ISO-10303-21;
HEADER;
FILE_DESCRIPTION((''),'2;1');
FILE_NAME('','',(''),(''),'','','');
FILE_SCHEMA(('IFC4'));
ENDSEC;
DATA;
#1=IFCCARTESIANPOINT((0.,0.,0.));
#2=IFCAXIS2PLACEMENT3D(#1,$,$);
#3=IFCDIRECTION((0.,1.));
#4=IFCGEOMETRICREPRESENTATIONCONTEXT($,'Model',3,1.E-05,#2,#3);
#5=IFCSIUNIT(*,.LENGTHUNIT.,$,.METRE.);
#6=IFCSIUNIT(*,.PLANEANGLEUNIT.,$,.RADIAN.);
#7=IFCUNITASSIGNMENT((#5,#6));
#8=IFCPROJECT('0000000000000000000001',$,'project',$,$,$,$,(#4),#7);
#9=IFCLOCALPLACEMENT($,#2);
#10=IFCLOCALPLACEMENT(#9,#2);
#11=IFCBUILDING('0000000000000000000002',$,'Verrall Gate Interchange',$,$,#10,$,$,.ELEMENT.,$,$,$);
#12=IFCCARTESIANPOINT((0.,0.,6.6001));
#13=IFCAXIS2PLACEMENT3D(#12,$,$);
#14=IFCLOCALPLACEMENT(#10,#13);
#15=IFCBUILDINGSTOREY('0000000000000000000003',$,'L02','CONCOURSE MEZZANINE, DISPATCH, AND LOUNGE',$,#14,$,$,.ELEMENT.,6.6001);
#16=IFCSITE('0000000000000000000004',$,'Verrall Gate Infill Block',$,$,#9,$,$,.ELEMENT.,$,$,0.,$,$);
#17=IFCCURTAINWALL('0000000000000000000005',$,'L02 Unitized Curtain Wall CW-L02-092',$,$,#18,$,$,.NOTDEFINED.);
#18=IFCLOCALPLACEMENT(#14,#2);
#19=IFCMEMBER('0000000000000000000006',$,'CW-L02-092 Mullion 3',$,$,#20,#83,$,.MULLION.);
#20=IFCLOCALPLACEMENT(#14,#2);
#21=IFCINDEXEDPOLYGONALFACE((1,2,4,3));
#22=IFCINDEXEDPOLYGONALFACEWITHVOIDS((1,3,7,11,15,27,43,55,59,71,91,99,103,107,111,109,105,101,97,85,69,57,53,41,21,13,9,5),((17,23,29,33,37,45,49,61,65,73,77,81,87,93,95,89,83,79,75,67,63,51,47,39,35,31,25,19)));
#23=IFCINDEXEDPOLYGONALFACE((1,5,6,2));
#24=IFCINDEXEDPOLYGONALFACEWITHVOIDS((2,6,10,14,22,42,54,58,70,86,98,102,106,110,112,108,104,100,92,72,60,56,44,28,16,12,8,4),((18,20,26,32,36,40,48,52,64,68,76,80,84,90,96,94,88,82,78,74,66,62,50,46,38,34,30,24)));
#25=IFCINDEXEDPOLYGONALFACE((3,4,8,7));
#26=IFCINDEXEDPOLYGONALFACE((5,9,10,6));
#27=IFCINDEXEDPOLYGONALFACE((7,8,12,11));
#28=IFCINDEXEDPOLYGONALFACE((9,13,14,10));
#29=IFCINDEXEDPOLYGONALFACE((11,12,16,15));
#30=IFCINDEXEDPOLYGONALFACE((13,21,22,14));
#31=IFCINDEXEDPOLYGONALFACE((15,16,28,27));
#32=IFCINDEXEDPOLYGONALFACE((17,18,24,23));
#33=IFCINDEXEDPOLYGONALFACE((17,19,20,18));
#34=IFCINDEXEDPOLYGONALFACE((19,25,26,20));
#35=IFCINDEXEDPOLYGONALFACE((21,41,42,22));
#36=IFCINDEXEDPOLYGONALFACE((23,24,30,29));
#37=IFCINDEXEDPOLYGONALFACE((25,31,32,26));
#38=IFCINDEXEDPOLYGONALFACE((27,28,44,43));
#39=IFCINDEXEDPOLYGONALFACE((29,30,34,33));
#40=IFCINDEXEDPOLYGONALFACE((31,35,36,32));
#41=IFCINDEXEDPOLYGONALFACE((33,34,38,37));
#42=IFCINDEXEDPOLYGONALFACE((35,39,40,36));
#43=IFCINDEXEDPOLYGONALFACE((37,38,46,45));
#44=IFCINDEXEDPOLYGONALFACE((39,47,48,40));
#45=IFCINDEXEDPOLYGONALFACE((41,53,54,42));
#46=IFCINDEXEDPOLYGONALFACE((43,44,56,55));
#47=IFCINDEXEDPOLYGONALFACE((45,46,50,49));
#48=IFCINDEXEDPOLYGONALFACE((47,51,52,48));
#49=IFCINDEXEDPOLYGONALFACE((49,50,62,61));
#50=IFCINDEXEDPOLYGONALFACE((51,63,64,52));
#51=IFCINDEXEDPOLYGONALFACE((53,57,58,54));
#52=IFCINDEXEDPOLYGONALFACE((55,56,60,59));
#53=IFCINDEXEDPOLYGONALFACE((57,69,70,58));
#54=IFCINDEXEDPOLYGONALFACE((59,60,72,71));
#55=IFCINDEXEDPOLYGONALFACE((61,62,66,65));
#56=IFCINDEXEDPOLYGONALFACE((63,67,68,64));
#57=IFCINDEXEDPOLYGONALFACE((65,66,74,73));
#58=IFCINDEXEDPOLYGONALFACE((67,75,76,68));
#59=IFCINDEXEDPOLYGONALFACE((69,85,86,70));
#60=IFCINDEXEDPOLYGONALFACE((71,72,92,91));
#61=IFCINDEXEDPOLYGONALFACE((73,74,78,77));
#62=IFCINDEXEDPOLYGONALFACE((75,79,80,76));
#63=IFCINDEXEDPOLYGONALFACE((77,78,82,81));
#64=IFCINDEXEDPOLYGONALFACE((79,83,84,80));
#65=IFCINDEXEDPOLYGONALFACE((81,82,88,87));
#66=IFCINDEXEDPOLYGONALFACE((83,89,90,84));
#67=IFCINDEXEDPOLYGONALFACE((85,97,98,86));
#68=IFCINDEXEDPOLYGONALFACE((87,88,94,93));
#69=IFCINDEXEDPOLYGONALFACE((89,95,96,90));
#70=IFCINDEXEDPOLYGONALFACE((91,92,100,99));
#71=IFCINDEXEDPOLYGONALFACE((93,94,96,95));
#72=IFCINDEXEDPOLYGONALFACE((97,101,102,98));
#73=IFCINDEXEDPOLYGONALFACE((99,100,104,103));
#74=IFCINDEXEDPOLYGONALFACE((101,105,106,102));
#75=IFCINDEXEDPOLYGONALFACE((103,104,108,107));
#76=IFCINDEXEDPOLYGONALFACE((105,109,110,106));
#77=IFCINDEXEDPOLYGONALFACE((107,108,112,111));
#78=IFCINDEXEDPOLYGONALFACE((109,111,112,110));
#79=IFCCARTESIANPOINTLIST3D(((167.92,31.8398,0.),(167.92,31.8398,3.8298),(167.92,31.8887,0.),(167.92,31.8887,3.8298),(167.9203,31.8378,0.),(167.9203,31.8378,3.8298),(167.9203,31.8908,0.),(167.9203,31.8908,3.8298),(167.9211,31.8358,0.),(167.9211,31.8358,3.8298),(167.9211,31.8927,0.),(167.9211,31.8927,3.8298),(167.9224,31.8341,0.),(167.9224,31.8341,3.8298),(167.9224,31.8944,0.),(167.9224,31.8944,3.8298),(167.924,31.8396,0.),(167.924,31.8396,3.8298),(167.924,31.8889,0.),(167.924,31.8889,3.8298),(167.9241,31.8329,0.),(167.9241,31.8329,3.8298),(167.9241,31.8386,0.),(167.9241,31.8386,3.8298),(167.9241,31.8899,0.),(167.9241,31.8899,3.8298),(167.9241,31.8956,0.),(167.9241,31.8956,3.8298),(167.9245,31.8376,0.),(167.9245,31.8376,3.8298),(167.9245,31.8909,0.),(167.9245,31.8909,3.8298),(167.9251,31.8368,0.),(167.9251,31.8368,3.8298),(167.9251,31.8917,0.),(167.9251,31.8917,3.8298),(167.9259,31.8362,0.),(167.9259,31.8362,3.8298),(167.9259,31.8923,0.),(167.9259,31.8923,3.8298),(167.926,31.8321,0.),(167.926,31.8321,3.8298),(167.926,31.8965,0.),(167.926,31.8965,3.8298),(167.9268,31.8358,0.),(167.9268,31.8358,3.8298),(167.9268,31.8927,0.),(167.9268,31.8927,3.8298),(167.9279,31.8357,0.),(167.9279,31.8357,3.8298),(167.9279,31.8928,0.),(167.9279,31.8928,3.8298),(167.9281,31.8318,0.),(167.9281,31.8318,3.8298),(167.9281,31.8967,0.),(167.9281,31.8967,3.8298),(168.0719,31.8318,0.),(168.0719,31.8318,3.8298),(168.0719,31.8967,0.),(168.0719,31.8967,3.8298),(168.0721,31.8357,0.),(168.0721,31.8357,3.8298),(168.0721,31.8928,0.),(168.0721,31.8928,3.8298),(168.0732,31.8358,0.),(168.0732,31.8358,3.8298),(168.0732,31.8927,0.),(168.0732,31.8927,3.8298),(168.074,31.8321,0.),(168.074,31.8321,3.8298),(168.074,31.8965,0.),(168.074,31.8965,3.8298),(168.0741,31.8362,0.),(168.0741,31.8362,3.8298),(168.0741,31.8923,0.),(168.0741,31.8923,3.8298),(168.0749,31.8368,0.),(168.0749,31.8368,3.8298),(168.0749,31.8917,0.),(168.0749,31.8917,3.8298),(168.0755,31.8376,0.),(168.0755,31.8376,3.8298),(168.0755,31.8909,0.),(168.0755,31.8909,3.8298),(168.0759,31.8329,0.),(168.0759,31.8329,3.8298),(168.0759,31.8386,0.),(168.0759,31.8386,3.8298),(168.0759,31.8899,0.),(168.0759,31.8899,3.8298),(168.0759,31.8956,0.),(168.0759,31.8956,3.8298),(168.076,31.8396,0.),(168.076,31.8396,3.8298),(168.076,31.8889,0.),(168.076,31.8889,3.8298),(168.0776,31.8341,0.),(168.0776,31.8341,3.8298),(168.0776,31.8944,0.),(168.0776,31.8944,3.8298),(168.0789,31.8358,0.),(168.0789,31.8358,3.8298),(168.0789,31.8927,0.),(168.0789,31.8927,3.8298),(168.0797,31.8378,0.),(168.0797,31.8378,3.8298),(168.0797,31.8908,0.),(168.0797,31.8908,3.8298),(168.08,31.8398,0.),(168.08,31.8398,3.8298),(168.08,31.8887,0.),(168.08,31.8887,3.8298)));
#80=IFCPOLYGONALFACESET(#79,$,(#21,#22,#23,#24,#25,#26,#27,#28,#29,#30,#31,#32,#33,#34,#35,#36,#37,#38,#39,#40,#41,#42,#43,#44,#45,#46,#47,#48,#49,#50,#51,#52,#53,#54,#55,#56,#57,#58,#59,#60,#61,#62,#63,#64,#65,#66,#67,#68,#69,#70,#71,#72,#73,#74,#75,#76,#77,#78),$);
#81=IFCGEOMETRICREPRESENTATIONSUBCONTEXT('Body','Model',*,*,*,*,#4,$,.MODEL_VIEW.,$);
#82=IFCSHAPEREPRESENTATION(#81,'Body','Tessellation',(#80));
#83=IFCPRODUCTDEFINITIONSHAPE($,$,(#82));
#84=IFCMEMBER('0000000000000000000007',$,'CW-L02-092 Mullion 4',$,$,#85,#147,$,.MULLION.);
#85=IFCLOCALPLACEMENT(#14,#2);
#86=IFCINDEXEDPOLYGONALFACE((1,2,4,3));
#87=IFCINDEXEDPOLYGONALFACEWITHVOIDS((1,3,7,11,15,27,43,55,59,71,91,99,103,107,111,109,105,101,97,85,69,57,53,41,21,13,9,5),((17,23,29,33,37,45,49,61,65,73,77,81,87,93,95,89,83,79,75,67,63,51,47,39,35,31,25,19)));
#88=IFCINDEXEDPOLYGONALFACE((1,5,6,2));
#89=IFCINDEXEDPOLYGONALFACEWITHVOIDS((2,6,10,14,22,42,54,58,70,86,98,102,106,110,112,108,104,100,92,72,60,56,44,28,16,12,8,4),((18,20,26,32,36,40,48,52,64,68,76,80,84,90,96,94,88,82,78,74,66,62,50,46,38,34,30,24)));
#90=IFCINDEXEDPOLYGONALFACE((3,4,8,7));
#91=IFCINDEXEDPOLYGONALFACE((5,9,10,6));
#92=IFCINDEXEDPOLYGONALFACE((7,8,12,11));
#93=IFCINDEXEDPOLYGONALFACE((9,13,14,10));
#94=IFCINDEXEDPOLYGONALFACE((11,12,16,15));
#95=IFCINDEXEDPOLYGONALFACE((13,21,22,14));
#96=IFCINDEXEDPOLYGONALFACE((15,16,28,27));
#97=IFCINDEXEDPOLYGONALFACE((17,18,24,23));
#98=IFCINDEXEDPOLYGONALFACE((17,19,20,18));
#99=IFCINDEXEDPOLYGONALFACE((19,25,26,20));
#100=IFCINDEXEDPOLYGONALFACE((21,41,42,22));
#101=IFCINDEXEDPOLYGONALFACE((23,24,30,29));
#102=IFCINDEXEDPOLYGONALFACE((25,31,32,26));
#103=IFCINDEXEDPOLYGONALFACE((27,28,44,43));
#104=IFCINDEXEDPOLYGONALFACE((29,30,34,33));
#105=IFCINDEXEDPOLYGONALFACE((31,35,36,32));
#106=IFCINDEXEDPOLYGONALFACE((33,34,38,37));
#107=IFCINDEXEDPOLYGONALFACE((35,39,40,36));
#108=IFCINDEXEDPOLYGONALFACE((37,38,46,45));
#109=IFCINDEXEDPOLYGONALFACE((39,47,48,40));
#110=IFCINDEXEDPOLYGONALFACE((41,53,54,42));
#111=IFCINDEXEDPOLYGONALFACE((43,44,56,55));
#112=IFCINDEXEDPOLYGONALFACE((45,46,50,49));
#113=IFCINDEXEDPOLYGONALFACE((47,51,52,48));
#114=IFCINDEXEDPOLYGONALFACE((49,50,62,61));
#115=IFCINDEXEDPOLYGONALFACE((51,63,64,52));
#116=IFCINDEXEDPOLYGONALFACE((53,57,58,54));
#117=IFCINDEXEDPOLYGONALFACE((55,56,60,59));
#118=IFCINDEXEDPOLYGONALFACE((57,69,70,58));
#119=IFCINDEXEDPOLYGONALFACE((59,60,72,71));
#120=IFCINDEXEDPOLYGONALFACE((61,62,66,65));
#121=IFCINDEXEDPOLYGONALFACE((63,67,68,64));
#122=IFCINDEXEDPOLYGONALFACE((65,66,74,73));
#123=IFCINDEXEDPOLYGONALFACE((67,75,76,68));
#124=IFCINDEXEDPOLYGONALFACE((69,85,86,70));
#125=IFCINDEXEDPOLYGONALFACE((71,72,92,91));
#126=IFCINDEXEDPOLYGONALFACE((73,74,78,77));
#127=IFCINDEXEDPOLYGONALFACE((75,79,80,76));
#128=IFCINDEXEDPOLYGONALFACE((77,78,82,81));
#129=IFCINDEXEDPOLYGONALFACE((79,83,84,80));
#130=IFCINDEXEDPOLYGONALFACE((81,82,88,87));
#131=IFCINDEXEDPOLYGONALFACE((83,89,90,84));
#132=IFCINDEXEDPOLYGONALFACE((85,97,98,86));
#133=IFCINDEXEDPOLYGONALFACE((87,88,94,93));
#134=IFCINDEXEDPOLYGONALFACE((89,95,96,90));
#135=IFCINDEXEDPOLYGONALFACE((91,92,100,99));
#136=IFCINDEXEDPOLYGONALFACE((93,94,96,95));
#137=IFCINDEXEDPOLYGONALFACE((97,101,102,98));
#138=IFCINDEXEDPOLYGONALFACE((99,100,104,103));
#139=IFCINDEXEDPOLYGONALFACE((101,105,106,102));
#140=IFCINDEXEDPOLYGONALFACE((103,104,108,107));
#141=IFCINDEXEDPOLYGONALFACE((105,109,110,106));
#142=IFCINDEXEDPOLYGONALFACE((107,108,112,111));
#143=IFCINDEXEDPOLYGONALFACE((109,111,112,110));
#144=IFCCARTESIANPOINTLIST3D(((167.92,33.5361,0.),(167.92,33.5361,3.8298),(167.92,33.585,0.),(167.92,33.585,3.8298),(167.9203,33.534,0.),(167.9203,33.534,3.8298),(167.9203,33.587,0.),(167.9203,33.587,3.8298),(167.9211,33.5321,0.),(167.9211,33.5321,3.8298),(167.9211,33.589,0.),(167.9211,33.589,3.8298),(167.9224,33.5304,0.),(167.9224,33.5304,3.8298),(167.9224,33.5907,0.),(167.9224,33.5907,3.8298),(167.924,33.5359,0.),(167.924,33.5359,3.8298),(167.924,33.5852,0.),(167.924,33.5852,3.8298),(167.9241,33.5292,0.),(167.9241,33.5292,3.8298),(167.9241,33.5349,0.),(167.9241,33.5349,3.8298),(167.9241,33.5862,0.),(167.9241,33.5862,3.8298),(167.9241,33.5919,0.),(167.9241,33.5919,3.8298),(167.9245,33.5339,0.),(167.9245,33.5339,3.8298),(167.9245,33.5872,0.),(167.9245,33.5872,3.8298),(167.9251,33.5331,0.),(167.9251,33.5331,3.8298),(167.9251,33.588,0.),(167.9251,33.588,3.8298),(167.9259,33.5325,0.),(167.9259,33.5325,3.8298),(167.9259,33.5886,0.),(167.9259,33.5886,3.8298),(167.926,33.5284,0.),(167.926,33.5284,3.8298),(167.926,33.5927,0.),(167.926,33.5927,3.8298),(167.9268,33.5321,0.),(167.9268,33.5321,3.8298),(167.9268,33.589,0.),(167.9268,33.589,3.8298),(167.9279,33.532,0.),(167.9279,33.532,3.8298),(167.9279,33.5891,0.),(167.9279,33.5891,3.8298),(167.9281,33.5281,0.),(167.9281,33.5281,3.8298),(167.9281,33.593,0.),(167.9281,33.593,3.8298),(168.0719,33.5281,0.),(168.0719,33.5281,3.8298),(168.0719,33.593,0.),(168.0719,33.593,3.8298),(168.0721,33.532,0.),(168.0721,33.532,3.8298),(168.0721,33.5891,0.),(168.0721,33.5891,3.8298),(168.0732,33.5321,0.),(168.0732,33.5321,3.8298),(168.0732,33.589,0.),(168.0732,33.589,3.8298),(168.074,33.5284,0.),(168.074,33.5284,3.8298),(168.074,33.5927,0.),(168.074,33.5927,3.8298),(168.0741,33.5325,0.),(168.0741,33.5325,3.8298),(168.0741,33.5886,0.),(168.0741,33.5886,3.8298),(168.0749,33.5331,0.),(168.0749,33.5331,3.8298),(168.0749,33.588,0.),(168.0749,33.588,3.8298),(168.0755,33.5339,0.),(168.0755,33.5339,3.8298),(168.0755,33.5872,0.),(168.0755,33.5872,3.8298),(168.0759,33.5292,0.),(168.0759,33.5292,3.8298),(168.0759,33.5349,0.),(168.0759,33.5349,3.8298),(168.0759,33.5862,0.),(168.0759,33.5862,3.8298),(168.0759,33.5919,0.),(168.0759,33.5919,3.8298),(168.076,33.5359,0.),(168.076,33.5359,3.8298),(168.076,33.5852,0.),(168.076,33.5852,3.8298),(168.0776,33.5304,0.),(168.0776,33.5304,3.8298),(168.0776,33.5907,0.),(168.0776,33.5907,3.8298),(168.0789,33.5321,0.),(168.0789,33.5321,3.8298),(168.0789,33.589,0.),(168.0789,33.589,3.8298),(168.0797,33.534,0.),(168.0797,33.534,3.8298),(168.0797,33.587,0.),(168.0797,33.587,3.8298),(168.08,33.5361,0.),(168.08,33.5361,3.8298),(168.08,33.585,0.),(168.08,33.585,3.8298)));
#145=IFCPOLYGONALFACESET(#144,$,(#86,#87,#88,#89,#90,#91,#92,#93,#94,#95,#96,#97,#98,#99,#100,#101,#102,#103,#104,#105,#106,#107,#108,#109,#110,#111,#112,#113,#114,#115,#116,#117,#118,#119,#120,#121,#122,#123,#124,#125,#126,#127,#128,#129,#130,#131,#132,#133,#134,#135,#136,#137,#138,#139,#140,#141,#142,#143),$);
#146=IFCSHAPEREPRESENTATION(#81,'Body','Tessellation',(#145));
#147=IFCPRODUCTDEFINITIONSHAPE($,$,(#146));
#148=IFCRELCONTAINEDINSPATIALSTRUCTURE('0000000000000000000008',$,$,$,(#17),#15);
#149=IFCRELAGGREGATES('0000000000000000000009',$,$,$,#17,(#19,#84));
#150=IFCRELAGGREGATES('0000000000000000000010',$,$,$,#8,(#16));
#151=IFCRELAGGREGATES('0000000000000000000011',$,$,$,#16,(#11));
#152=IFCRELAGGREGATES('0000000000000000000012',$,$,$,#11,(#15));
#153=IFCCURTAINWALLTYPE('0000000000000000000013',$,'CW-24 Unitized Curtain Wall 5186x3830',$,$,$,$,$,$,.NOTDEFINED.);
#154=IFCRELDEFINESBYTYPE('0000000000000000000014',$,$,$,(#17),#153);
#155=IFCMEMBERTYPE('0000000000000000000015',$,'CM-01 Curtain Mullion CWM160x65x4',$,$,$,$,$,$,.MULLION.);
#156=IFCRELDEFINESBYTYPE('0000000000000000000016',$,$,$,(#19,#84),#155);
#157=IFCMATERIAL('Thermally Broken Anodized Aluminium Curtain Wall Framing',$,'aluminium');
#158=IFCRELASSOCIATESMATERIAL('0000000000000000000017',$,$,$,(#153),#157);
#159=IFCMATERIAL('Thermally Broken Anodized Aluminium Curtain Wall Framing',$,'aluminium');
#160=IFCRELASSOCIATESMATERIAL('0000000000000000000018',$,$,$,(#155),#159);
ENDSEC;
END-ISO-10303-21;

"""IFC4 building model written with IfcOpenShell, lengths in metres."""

from ifc_helpers import new_model, si_unit, direction, frame, origin, origin_2d, place, context, subcontext, project, spatial, hollow_rectangle, extrude, material, material_profile, profile_set, type_object, element, aggregate, save


model = new_model("IFC4")

# Units and contexts
model_context = context("Model", 3, precision=1e-05, world=origin(), true_north=direction((0.0, 1.0)))
body_context = subcontext(model_context, "Body", "Model", "MODEL_VIEW")
ifc_project = project(units=[si_unit("LENGTHUNIT", "METRE"), si_unit("PLANEANGLEUNIT", "RADIAN")], contexts=[model_context])

# Site, building, storey
site_placement = place(None, origin())
site = spatial("IfcSite", under=ifc_project, at=site_placement, Name="Verrall Gate Infill Block", CompositionType="ELEMENT", RefElevation=0.0)
building_placement = place(site_placement, origin())
building = spatial("IfcBuilding", under=site, at=building_placement, Name="Verrall Gate Interchange", CompositionType="ELEMENT")
storey_placement = place(building_placement, frame((0.0, 0.0, 6.6001)))
storey = spatial("IfcBuildingStorey", under=building, at=storey_placement, Name="L02", Description="CONCOURSE MEZZANINE, DISPATCH, AND LOUNGE", CompositionType="ELEMENT", Elevation=6.6001)

# Curtain wall, members
ifc_material_1 = material(Name="Thermally Broken Anodized Aluminium Curtain Wall Framing", Category="aluminium")
curtain_wall_type = type_object("IfcCurtainWallType", Name="CW-24 Unitized Curtain Wall 5186x3830", PredefinedType="NOTDEFINED", material=ifc_material_1)
curtain_wall_placement = place(storey_placement, origin())
curtain_wall = element("IfcCurtainWall", 1, at=curtain_wall_placement, inside=storey, type_object=curtain_wall_type, Name="L02 Unitized Curtain Wall CW-L02-092", PredefinedType="NOTDEFINED")
ifc_material_2 = material(Name="Thermally Broken Anodized Aluminium Curtain Wall Framing", Category="aluminium")
ifc_material_profile_1 = material_profile(ifc_material_2, hollow_rectangle(XDim=0.0649, YDim=0.1599, WallThickness=0.0039, InnerFilletRadius=0.0039, OuterFilletRadius=0.0081, at=origin_2d()), Name="CWM160x65x4")
ifc_profile_set_1 = profile_set([ifc_material_profile_1], Name="Thermally Broken Anodized Aluminium Curtain Wall Framing")
member_type_1 = type_object("IfcMemberType", Name="CM-01 Curtain Mullion CWM160x65x4", PredefinedType="MULLION", material=ifc_profile_set_1)
member_1_placement = place(storey_placement, frame((168.0, 31.8643, 0.0), z_axis=(0.0, 0.0, 1.0), x_axis=(0.0, 1.0, 0.0)))
member_1 = element("IfcMember", 2, at=member_1_placement, type_object=member_type_1, Name="CW-L02-092 Mullion 3", PredefinedType="MULLION", context=body_context, shape_type="SweptSolid", body=[
    extrude(hollow_rectangle(XDim=0.0649, YDim=0.1599, WallThickness=0.0039, InnerFilletRadius=0.0039, OuterFilletRadius=0.0081, at=origin_2d()), origin(), (0.0, 0.0, 1.0), 3.8298),
])
member_2_placement = place(storey_placement, frame((168.0, 33.5605, 0.0), z_axis=(0.0, 0.0, 1.0), x_axis=(0.0, 1.0, 0.0)))
member_2 = element("IfcMember", 3, at=member_2_placement, type_object=member_type_1, Name="CW-L02-092 Mullion 4", PredefinedType="MULLION", context=body_context, shape_type="SweptSolid", body=[
    extrude(hollow_rectangle(XDim=0.0649, YDim=0.1599, WallThickness=0.0039, InnerFilletRadius=0.0039, OuterFilletRadius=0.0081, at=origin_2d()), origin(), (0.0, 0.0, 1.0), 3.8298),
])

aggregate(curtain_wall, [member_1, member_2])

save(model, "model.ifc")
